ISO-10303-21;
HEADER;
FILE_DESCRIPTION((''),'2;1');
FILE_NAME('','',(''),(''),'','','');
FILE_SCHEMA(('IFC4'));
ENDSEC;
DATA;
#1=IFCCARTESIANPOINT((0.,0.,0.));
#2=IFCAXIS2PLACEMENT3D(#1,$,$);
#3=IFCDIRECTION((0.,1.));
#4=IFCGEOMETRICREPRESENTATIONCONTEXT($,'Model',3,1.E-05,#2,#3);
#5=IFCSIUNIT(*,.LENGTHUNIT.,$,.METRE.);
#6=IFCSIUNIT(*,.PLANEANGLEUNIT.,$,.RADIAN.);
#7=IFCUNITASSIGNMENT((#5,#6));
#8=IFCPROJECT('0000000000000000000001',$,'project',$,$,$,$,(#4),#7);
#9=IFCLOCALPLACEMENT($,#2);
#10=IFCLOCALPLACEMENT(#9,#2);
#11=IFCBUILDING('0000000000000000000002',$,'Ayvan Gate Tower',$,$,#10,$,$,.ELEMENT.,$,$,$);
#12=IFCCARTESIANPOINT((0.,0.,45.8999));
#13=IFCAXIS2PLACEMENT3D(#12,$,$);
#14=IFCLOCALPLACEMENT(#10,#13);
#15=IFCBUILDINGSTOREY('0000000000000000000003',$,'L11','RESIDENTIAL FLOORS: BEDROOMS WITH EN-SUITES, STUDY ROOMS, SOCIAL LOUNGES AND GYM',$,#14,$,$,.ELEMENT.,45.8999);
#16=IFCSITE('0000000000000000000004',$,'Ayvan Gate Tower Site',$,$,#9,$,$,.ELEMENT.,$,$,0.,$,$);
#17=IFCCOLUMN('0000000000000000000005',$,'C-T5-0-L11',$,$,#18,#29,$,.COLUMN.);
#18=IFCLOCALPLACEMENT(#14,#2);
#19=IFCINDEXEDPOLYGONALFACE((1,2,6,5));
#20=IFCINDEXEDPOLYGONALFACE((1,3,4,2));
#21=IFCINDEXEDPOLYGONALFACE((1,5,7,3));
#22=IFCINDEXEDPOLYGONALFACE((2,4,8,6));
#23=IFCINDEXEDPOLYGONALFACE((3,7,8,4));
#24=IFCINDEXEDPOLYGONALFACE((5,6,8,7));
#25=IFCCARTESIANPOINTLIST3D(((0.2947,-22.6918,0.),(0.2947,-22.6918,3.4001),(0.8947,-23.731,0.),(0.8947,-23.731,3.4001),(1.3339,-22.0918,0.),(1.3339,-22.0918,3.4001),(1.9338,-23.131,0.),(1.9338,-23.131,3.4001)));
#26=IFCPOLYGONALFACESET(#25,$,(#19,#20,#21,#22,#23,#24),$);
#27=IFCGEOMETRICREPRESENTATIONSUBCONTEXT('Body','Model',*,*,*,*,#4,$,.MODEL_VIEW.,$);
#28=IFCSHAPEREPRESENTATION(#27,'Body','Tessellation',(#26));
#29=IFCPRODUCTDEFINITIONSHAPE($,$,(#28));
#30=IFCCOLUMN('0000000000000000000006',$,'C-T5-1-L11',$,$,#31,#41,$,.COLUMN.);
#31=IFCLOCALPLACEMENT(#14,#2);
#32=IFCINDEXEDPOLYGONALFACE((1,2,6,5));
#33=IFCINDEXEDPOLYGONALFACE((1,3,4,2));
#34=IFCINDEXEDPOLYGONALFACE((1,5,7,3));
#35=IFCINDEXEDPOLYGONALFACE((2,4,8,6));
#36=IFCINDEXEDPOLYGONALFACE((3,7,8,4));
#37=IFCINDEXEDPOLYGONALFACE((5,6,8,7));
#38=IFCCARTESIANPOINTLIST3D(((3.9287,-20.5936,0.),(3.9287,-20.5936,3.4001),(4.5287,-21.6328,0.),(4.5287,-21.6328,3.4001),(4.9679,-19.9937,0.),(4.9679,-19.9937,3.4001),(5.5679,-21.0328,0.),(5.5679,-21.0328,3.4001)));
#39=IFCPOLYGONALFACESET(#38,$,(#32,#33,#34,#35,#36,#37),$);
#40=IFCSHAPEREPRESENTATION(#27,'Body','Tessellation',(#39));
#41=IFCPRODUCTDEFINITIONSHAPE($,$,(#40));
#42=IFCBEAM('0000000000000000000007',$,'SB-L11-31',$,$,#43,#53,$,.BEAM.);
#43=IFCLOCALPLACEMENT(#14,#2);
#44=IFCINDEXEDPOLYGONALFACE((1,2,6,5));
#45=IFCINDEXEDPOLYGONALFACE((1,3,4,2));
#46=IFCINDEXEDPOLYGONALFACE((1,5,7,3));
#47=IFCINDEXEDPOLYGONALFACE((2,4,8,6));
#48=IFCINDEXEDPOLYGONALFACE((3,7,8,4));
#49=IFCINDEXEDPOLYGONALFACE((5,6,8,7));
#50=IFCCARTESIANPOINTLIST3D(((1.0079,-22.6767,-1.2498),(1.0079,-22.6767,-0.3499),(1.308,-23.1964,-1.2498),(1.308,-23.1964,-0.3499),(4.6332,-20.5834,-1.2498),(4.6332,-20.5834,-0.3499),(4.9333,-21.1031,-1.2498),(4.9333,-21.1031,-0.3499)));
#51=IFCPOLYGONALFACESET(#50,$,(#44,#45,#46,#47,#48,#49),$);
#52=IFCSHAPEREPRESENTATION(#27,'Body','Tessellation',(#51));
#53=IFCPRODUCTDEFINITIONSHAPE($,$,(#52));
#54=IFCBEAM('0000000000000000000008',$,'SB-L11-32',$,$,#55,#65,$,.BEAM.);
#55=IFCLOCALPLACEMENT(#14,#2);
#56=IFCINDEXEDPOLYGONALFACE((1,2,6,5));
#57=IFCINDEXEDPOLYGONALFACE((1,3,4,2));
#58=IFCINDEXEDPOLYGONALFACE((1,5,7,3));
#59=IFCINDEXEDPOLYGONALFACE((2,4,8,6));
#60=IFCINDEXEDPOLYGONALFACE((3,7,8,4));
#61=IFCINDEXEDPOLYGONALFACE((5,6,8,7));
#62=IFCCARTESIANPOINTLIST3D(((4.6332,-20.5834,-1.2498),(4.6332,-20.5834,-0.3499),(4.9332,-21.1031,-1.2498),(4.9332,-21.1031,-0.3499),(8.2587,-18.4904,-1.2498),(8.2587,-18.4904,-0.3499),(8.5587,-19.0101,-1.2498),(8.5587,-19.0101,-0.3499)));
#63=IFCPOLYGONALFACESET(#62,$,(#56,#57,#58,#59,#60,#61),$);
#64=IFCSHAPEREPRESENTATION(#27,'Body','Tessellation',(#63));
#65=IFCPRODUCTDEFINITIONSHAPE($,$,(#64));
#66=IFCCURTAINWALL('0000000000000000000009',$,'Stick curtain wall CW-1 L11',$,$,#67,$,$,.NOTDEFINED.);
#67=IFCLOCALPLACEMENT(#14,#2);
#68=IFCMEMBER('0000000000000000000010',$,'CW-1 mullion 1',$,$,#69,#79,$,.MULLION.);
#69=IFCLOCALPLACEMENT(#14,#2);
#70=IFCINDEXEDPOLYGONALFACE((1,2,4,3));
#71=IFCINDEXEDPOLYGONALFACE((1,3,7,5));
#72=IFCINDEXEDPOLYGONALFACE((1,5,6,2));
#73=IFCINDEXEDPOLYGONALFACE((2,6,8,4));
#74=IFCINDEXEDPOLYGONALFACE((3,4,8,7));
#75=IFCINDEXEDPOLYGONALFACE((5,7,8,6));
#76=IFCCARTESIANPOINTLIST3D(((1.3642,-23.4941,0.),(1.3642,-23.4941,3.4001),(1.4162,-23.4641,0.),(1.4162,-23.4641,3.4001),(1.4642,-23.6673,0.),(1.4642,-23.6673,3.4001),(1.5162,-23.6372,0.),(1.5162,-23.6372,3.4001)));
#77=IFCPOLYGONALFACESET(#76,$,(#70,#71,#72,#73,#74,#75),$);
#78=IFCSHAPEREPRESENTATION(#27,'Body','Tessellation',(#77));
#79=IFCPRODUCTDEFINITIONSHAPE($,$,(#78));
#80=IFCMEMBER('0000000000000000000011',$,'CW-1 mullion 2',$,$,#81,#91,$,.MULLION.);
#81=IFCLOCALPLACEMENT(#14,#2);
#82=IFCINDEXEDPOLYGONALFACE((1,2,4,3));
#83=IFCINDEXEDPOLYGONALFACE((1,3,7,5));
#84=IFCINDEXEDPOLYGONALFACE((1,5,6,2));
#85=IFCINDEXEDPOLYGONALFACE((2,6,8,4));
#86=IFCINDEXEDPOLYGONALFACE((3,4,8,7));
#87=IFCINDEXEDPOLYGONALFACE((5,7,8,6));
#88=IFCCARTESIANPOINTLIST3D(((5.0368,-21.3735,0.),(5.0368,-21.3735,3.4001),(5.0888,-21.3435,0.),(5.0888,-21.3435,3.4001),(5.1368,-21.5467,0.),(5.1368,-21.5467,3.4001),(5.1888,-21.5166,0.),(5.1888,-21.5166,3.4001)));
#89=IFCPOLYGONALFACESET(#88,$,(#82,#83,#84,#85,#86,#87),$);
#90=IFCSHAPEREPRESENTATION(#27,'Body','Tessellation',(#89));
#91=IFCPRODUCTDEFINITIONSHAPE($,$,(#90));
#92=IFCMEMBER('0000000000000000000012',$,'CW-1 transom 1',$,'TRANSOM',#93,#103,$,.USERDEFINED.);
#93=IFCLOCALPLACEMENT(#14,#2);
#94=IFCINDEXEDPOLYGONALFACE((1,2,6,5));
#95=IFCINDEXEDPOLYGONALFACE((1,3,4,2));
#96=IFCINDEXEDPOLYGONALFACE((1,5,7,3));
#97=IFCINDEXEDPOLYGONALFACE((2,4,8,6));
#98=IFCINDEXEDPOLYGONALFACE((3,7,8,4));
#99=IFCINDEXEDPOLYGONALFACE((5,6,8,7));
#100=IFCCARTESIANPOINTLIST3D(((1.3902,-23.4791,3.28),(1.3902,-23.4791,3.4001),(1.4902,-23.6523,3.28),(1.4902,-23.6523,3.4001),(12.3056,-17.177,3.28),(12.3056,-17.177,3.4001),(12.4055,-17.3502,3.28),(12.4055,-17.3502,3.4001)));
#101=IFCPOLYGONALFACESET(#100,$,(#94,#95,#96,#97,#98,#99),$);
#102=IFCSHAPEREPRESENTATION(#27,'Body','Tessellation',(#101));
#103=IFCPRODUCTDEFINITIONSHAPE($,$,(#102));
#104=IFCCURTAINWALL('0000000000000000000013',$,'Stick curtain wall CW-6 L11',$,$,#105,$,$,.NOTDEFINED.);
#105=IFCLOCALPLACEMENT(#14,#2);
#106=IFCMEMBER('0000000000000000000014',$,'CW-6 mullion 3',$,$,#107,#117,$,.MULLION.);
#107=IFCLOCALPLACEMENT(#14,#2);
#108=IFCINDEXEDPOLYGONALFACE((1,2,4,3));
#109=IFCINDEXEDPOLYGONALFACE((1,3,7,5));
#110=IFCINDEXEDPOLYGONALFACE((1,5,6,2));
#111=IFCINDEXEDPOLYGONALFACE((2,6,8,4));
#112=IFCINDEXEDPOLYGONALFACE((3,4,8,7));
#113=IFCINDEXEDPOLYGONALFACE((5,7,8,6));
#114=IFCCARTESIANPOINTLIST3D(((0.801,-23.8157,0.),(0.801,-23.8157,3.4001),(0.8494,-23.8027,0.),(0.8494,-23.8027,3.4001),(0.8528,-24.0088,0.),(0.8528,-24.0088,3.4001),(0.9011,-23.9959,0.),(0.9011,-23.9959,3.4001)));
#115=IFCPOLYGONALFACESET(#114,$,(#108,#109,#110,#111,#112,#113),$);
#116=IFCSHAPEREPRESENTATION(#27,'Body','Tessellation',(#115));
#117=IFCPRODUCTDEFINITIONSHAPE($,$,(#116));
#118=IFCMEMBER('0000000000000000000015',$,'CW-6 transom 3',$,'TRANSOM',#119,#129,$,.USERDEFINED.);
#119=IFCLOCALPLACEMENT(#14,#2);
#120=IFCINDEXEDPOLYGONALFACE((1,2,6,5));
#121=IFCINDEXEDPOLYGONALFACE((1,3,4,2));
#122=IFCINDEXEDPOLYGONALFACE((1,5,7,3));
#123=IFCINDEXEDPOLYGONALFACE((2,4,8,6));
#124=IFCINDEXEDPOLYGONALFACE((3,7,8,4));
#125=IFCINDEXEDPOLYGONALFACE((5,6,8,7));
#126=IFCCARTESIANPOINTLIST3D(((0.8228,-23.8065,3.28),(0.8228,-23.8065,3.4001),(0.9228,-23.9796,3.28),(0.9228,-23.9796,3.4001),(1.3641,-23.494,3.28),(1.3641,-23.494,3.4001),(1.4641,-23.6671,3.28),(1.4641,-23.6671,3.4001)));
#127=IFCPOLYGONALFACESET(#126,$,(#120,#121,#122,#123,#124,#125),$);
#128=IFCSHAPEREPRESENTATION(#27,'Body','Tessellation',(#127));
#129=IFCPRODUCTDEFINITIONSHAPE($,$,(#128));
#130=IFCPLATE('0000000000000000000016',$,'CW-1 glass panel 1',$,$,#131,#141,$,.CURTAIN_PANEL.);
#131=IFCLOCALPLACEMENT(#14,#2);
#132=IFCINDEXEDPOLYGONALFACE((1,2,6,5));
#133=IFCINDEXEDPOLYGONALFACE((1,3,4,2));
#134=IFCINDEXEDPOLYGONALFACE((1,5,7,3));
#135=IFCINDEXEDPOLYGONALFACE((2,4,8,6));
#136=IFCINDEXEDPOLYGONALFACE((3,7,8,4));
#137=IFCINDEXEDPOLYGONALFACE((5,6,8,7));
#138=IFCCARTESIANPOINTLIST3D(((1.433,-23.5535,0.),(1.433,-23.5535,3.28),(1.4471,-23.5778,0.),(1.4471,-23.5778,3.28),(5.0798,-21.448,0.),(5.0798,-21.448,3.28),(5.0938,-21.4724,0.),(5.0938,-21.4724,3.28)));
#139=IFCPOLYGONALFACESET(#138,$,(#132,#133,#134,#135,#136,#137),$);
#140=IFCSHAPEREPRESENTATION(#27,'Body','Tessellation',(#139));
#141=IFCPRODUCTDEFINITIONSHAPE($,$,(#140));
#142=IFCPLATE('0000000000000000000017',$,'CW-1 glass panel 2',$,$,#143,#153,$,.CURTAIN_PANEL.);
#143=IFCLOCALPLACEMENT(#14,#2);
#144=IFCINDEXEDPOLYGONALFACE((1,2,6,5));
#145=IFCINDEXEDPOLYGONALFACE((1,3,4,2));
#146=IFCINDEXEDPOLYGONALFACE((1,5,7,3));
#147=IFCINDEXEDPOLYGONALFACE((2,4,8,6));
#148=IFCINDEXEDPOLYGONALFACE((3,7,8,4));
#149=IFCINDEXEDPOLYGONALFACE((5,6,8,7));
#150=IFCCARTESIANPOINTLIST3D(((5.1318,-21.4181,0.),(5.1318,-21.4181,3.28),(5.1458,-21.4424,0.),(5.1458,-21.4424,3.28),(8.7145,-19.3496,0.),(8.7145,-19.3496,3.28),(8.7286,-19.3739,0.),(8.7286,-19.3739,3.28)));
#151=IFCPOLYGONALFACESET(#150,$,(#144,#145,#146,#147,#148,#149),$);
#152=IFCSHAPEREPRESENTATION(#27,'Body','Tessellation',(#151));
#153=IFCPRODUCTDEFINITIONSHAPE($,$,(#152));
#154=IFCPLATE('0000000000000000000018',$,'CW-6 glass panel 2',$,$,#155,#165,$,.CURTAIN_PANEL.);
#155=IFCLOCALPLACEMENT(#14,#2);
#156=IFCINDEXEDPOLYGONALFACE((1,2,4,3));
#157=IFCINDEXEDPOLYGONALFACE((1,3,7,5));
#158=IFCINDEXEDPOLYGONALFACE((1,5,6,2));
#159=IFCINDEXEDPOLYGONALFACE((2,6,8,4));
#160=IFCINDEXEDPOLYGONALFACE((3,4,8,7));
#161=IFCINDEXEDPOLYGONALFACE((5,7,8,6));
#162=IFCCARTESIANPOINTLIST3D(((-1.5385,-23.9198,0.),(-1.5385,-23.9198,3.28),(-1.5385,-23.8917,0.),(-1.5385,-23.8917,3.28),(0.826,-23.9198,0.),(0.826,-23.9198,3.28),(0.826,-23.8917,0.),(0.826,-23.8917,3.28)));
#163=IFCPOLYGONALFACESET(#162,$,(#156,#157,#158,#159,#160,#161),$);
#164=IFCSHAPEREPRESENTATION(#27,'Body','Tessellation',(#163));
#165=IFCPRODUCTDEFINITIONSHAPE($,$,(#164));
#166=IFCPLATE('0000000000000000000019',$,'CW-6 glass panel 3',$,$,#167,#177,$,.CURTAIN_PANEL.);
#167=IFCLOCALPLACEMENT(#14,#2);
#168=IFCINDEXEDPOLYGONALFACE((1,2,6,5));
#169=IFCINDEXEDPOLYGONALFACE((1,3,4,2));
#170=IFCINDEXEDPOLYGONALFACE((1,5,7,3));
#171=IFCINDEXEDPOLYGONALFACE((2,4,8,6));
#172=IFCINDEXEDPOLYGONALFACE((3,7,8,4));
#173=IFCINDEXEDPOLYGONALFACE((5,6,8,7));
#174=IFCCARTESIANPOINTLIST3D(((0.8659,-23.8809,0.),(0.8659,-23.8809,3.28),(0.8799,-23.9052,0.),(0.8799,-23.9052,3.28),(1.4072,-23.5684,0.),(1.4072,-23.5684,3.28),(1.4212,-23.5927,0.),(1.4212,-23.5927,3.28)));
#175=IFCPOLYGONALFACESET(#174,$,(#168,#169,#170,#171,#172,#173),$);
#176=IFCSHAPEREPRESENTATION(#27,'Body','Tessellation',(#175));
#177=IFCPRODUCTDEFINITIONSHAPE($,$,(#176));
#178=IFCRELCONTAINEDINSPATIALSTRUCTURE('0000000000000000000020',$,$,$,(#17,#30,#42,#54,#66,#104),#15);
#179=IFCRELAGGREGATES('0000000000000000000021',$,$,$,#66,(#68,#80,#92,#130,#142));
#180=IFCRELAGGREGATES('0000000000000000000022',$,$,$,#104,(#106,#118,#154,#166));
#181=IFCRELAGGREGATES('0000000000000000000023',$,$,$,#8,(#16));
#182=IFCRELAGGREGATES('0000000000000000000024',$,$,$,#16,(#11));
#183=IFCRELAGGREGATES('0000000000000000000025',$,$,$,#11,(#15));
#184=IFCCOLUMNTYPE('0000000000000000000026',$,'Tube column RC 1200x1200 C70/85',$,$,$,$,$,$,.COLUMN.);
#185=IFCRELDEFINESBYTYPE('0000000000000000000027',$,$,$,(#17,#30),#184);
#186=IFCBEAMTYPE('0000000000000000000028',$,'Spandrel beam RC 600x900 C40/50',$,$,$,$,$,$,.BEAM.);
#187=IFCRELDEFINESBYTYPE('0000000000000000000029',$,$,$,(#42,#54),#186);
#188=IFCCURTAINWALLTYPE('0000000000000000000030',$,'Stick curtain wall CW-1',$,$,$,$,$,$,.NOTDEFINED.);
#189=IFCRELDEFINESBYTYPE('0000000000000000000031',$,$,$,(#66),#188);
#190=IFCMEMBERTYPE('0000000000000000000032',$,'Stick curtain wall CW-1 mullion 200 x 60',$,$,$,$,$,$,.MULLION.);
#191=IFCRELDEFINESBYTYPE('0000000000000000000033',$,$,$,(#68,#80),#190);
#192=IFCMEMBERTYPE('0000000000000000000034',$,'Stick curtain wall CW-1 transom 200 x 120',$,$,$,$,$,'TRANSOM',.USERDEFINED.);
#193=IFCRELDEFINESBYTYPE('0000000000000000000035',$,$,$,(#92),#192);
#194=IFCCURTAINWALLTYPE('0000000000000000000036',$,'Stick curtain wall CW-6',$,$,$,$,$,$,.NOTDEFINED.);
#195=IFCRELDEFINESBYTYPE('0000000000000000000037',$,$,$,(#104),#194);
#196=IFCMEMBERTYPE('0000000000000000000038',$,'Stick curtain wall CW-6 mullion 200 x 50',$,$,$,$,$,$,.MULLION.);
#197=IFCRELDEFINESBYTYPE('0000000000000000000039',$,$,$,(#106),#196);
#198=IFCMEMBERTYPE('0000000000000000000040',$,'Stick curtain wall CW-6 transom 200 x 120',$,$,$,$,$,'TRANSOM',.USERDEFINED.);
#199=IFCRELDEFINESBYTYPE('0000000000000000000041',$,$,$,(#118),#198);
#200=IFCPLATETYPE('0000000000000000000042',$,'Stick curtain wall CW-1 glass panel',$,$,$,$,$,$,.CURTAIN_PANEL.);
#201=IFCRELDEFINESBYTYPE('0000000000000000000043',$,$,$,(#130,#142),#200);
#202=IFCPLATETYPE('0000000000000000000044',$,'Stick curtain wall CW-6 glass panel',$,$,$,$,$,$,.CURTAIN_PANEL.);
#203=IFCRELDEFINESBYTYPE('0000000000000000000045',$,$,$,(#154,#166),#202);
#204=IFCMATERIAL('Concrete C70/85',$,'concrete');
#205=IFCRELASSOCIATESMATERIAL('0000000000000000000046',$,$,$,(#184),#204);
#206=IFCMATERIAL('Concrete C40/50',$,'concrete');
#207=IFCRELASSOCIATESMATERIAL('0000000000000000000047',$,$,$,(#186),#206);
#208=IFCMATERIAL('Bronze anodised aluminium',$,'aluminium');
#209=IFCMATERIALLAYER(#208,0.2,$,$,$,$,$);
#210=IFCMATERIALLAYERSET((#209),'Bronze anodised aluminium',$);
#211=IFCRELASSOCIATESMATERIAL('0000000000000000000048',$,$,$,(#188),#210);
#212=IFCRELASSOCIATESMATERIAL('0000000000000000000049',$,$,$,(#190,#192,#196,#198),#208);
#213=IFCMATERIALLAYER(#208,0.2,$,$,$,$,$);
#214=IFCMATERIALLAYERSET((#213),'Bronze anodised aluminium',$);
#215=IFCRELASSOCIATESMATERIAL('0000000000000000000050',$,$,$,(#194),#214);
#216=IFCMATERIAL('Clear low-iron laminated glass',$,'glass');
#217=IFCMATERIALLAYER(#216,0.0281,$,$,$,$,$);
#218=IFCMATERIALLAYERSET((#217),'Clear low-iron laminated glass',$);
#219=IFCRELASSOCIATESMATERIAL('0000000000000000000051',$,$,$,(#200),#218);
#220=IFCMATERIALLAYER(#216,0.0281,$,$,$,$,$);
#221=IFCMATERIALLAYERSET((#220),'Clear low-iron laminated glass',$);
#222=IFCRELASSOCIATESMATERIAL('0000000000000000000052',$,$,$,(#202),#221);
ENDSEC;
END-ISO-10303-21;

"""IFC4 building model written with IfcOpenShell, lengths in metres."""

from ifc_helpers import new_model, si_unit, direction, frame, origin, origin_2d, place, context, subcontext, project, spatial, rectangle, extrude, material, layer, layer_set, material_profile, profile_set, type_object, element, aggregate, save


model = new_model("IFC4")

# Units and contexts
model_context = context("Model", 3, precision=1e-05, world=origin(), true_north=direction((0.0, 1.0)))
body_context = subcontext(model_context, "Body", "Model", "MODEL_VIEW")
ifc_project = project(units=[si_unit("LENGTHUNIT", "METRE"), si_unit("PLANEANGLEUNIT", "RADIAN")], contexts=[model_context])

# Site, building, storey
site_placement = place(None, origin())
site = spatial("IfcSite", under=ifc_project, at=site_placement, Name="Ayvan Gate Tower Site", CompositionType="ELEMENT", RefElevation=0.0)
building_placement = place(site_placement, origin())
building = spatial("IfcBuilding", under=site, at=building_placement, Name="Ayvan Gate Tower", CompositionType="ELEMENT")
storey_placement = place(building_placement, frame((0.0, 0.0, 45.8999)))
storey = spatial("IfcBuildingStorey", under=building, at=storey_placement, Name="L11", Description="RESIDENTIAL FLOORS: BEDROOMS WITH EN-SUITES, STUDY ROOMS, SOCIAL LOUNGES AND GYM", CompositionType="ELEMENT", Elevation=45.8999)

# Columns
ifc_material_1 = material(Name="Concrete C70/85", Category="concrete")
ifc_material_profile_1 = material_profile(ifc_material_1, rectangle(XDim=1.2, YDim=1.2, at=origin_2d()), Name="RC 1200x1200")
ifc_profile_set_1 = profile_set([ifc_material_profile_1], Name="Concrete C70/85")
column_type = type_object("IfcColumnType", Name="Tube column RC 1200x1200 C70/85", PredefinedType="COLUMN", material=ifc_profile_set_1)
for number, where, z_axis, x_axis, name in (
    (1, (1.1143, -22.9114, 0.0), (0.0, 0.0, 1.0), (0.5, -0.866025, 0.0), "C-T5-0-L11"),
    (2, (4.7483, -20.8132, 0.0), (0.0, 0.0, 1.0), (0.5, -0.866025, 0.0), "C-T5-1-L11"),
):
    element("IfcColumn", number, at=place(storey_placement, frame(where, z_axis=z_axis, x_axis=x_axis)), inside=storey, type_object=column_type, Name=name, PredefinedType="COLUMN", context=body_context, shape_type="SweptSolid", body=[
        extrude(rectangle(XDim=1.2, YDim=1.2, at=origin_2d()), origin(), (0.0, 0.0, 1.0), 3.4001),
    ])

# Beams
ifc_material_2 = material(Name="Concrete C40/50", Category="concrete")
ifc_material_profile_2 = material_profile(ifc_material_2, rectangle(XDim=0.6001, YDim=0.8999, at=origin_2d()), Name="RC 600x900")
ifc_profile_set_2 = profile_set([ifc_material_profile_2], Name="Concrete C40/50")
beam_type = type_object("IfcBeamType", Name="Spandrel beam RC 600x900 C40/50", PredefinedType="BEAM", material=ifc_profile_set_2)
for number, where, z_axis, x_axis, name in (
    (3, (1.158, -22.9365, -0.7998), (0.866002, 0.50004, 0.0), (-0.50004, 0.866002, 0.0), "SB-L11-31"),
    (4, (4.7832, -20.8433, -0.7998), (0.866042, 0.499972, 0.0), (-0.499972, 0.866042, 0.0), "SB-L11-32"),
):
    element("IfcBeam", number, at=place(storey_placement, frame(where, z_axis=z_axis, x_axis=x_axis)), inside=storey, type_object=beam_type, Name=name, PredefinedType="BEAM", context=body_context, shape_type="SweptSolid", body=[
        extrude(rectangle(XDim=0.6001, YDim=0.8999, at=origin_2d()), origin(), (0.0, 0.0, 1.0), 4.1863),
    ])

# Curtain walls, members
ifc_material_3 = material(Name="Bronze anodised aluminium", Category="aluminium")
ifc_layer_1 = layer(ifc_material_3, 0.2)
ifc_layer_set_1 = layer_set([ifc_layer_1], Name="Bronze anodised aluminium")
curtain_wall_type_1 = type_object("IfcCurtainWallType", Name="Stick curtain wall CW-1", PredefinedType="NOTDEFINED", material=ifc_layer_set_1)
curtain_wall_1_placement = place(storey_placement, origin())
curtain_wall_1 = element("IfcCurtainWall", 5, at=curtain_wall_1_placement, inside=storey, type_object=curtain_wall_type_1, Name="Stick curtain wall CW-1 L11", PredefinedType="NOTDEFINED")
ifc_material_profile_3 = material_profile(ifc_material_3, rectangle(XDim=0.2, YDim=0.0601, at=origin_2d()), Name="Stick curtain wall CW-1 mullion 200 x 60")
ifc_profile_set_3 = profile_set([ifc_material_profile_3], Name="Bronze anodised aluminium")
member_type_1 = type_object("IfcMemberType", Name="Stick curtain wall CW-1 mullion 200 x 60", PredefinedType="MULLION", material=ifc_profile_set_3)
member_1_placement = place(storey_placement, frame((1.4402, -23.5657, 0.0), z_axis=(0.0, 0.0, 1.0), x_axis=(0.5, -0.866025, 0.0)))
member_1 = element("IfcMember", 6, at=member_1_placement, type_object=member_type_1, Name="CW-1 mullion 1", PredefinedType="MULLION", context=body_context, shape_type="SweptSolid", body=[
    extrude(rectangle(XDim=0.2, YDim=0.0601, at=origin_2d()), origin(), (0.0, 0.0, 1.0), 3.4001),
])
member_2_placement = place(storey_placement, frame((5.1128, -21.4451, 0.0), z_axis=(0.0, 0.0, 1.0), x_axis=(0.5, -0.866025, 0.0)))
member_2 = element("IfcMember", 7, at=member_2_placement, type_object=member_type_1, Name="CW-1 mullion 2", PredefinedType="MULLION", context=body_context, shape_type="SweptSolid", body=[
    extrude(rectangle(XDim=0.2, YDim=0.0601, at=origin_2d()), origin(), (0.0, 0.0, 1.0), 3.4001),
])
ifc_material_profile_4 = material_profile(ifc_material_3, rectangle(XDim=0.2, YDim=0.1201, at=origin_2d()), Name="Stick curtain wall CW-1 transom 200 x 120")
ifc_profile_set_4 = profile_set([ifc_material_profile_4], Name="Bronze anodised aluminium")
member_type_2 = type_object("IfcMemberType", Name="Stick curtain wall CW-1 transom 200 x 120", ElementType="TRANSOM", PredefinedType="USERDEFINED", material=ifc_profile_set_4)
member_3_placement = place(storey_placement, frame((1.4402, -23.5657, 3.3401), z_axis=(0.866023, 0.500004, 0.0), x_axis=(-0.500004, 0.866023, 0.0)))
member_3 = element("IfcMember", 8, at=member_3_placement, type_object=member_type_2, Name="CW-1 transom 1", ObjectType="TRANSOM", PredefinedType="USERDEFINED", context=body_context, shape_type="SweptSolid", body=[
    extrude(rectangle(XDim=0.2, YDim=0.1201, at=origin_2d()), origin(), (0.0, 0.0, 1.0), 12.604),
])
ifc_layer_2 = layer(ifc_material_3, 0.2)
ifc_layer_set_2 = layer_set([ifc_layer_2], Name="Bronze anodised aluminium")
curtain_wall_type_2 = type_object("IfcCurtainWallType", Name="Stick curtain wall CW-6", PredefinedType="NOTDEFINED", material=ifc_layer_set_2)
curtain_wall_2_placement = place(storey_placement, origin())
curtain_wall_2 = element("IfcCurtainWall", 9, at=curtain_wall_2_placement, inside=storey, type_object=curtain_wall_type_2, Name="Stick curtain wall CW-6 L11", PredefinedType="NOTDEFINED")
ifc_material_profile_5 = material_profile(ifc_material_3, rectangle(XDim=0.2, YDim=0.05, at=origin_2d()), Name="Stick curtain wall CW-6 mullion 200 x 50")
ifc_profile_set_5 = profile_set([ifc_material_profile_5], Name="Bronze anodised aluminium")
member_type_3 = type_object("IfcMemberType", Name="Stick curtain wall CW-6 mullion 200 x 50", PredefinedType="MULLION", material=ifc_profile_set_5)
member_4_placement = place(storey_placement, frame((0.8511, -23.9058, 0.0), z_axis=(0.0, 0.0, 1.0), x_axis=(0.258819, -0.965926, 0.0)))
member_4 = element("IfcMember", 10, at=member_4_placement, type_object=member_type_3, Name="CW-6 mullion 3", PredefinedType="MULLION", context=body_context, shape_type="SweptSolid", body=[
    extrude(rectangle(XDim=0.2, YDim=0.05, at=origin_2d()), origin(), (0.0, 0.0, 1.0), 3.4001),
])
ifc_material_profile_6 = material_profile(ifc_material_3, rectangle(XDim=0.2, YDim=0.1201, at=origin_2d()), Name="Stick curtain wall CW-6 transom 200 x 120")
ifc_profile_set_6 = profile_set([ifc_material_profile_6], Name="Bronze anodised aluminium")
member_type_4 = type_object("IfcMemberType", Name="Stick curtain wall CW-6 transom 200 x 120", ElementType="TRANSOM", PredefinedType="USERDEFINED", material=ifc_profile_set_6)
member_5_placement = place(storey_placement, frame((0.8728, -23.8931, 3.3401), z_axis=(0.866023, 0.500004, 0.0), x_axis=(-0.500004, 0.866023, 0.0)))
member_5 = element("IfcMember", 11, at=member_5_placement, type_object=member_type_4, Name="CW-6 transom 3", ObjectType="TRANSOM", PredefinedType="USERDEFINED", context=body_context, shape_type="SweptSolid", body=[
    extrude(rectangle(XDim=0.2, YDim=0.1201, at=origin_2d()), origin(), (0.0, 0.0, 1.0), 0.625),
])

# Plates
ifc_material_4 = material(Name="Clear low-iron laminated glass", Category="glass")
ifc_layer_3 = layer(ifc_material_4, 0.0281)
ifc_layer_set_3 = layer_set([ifc_layer_3], Name="Clear low-iron laminated glass")
plate_type_1 = type_object("IfcPlateType", Name="Stick curtain wall CW-1 glass panel", PredefinedType="CURTAIN_PANEL", material=ifc_layer_set_3)
plate_1_placement = place(storey_placement, frame((3.2634, -22.5129, 0.0), z_axis=(0.0, 0.0, 1.0), x_axis=(0.866025, 0.5, 0.0)))
plate_1 = element("IfcPlate", 12, at=plate_1_placement, type_object=plate_type_1, Name="CW-1 glass panel 1", PredefinedType="CURTAIN_PANEL", context=body_context, shape_type="SweptSolid", body=[
    extrude(rectangle(XDim=4.2109, YDim=0.0281, at=origin_2d()), origin(), (0.0, 0.0, 1.0), 3.28),
])
plate_2_placement = place(storey_placement, frame((6.9302, -20.396, 0.0), z_axis=(0.0, 0.0, 1.0), x_axis=(0.866025, 0.5, 0.0)))
plate_2 = element("IfcPlate", 13, at=plate_2_placement, type_object=plate_type_1, Name="CW-1 glass panel 2", PredefinedType="CURTAIN_PANEL", context=body_context, shape_type="SweptSolid", body=[
    extrude(rectangle(XDim=4.137, YDim=0.0281, at=origin_2d()), origin(), (0.0, 0.0, 1.0), 3.28),
])
aggregate(curtain_wall_1, [member_1, member_2, member_3, plate_1, plate_2])
ifc_layer_4 = layer(ifc_material_4, 0.0281)
ifc_layer_set_4 = layer_set([ifc_layer_4], Name="Clear low-iron laminated glass")
plate_type_2 = type_object("IfcPlateType", Name="Stick curtain wall CW-6 glass panel", PredefinedType="CURTAIN_PANEL", material=ifc_layer_set_4)
plate_3_placement = place(storey_placement, frame((-0.3562, -23.9058, 0.0), z_axis=(0.0, 0.0, 1.0), x_axis=(1.0, 0.0, 0.0)))
plate_3 = element("IfcPlate", 14, at=plate_3_placement, type_object=plate_type_2, Name="CW-6 glass panel 2", PredefinedType="CURTAIN_PANEL", context=body_context, shape_type="SweptSolid", body=[
    extrude(rectangle(XDim=2.3645, YDim=0.0281, at=origin_2d()), origin(), (0.0, 0.0, 1.0), 3.28),
])
plate_4_placement = place(storey_placement, frame((1.1436, -23.7368, 0.0), z_axis=(0.0, 0.0, 1.0), x_axis=(0.866025, 0.5, 0.0)))
plate_4 = element("IfcPlate", 15, at=plate_4_placement, type_object=plate_type_2, Name="CW-6 glass panel 3", PredefinedType="CURTAIN_PANEL", context=body_context, shape_type="SweptSolid", body=[
    extrude(rectangle(XDim=0.625, YDim=0.0281, at=origin_2d()), origin(), (0.0, 0.0, 1.0), 3.28),
])
aggregate(curtain_wall_2, [member_4, member_5, plate_3, plate_4])

save(model, "model.ifc")
